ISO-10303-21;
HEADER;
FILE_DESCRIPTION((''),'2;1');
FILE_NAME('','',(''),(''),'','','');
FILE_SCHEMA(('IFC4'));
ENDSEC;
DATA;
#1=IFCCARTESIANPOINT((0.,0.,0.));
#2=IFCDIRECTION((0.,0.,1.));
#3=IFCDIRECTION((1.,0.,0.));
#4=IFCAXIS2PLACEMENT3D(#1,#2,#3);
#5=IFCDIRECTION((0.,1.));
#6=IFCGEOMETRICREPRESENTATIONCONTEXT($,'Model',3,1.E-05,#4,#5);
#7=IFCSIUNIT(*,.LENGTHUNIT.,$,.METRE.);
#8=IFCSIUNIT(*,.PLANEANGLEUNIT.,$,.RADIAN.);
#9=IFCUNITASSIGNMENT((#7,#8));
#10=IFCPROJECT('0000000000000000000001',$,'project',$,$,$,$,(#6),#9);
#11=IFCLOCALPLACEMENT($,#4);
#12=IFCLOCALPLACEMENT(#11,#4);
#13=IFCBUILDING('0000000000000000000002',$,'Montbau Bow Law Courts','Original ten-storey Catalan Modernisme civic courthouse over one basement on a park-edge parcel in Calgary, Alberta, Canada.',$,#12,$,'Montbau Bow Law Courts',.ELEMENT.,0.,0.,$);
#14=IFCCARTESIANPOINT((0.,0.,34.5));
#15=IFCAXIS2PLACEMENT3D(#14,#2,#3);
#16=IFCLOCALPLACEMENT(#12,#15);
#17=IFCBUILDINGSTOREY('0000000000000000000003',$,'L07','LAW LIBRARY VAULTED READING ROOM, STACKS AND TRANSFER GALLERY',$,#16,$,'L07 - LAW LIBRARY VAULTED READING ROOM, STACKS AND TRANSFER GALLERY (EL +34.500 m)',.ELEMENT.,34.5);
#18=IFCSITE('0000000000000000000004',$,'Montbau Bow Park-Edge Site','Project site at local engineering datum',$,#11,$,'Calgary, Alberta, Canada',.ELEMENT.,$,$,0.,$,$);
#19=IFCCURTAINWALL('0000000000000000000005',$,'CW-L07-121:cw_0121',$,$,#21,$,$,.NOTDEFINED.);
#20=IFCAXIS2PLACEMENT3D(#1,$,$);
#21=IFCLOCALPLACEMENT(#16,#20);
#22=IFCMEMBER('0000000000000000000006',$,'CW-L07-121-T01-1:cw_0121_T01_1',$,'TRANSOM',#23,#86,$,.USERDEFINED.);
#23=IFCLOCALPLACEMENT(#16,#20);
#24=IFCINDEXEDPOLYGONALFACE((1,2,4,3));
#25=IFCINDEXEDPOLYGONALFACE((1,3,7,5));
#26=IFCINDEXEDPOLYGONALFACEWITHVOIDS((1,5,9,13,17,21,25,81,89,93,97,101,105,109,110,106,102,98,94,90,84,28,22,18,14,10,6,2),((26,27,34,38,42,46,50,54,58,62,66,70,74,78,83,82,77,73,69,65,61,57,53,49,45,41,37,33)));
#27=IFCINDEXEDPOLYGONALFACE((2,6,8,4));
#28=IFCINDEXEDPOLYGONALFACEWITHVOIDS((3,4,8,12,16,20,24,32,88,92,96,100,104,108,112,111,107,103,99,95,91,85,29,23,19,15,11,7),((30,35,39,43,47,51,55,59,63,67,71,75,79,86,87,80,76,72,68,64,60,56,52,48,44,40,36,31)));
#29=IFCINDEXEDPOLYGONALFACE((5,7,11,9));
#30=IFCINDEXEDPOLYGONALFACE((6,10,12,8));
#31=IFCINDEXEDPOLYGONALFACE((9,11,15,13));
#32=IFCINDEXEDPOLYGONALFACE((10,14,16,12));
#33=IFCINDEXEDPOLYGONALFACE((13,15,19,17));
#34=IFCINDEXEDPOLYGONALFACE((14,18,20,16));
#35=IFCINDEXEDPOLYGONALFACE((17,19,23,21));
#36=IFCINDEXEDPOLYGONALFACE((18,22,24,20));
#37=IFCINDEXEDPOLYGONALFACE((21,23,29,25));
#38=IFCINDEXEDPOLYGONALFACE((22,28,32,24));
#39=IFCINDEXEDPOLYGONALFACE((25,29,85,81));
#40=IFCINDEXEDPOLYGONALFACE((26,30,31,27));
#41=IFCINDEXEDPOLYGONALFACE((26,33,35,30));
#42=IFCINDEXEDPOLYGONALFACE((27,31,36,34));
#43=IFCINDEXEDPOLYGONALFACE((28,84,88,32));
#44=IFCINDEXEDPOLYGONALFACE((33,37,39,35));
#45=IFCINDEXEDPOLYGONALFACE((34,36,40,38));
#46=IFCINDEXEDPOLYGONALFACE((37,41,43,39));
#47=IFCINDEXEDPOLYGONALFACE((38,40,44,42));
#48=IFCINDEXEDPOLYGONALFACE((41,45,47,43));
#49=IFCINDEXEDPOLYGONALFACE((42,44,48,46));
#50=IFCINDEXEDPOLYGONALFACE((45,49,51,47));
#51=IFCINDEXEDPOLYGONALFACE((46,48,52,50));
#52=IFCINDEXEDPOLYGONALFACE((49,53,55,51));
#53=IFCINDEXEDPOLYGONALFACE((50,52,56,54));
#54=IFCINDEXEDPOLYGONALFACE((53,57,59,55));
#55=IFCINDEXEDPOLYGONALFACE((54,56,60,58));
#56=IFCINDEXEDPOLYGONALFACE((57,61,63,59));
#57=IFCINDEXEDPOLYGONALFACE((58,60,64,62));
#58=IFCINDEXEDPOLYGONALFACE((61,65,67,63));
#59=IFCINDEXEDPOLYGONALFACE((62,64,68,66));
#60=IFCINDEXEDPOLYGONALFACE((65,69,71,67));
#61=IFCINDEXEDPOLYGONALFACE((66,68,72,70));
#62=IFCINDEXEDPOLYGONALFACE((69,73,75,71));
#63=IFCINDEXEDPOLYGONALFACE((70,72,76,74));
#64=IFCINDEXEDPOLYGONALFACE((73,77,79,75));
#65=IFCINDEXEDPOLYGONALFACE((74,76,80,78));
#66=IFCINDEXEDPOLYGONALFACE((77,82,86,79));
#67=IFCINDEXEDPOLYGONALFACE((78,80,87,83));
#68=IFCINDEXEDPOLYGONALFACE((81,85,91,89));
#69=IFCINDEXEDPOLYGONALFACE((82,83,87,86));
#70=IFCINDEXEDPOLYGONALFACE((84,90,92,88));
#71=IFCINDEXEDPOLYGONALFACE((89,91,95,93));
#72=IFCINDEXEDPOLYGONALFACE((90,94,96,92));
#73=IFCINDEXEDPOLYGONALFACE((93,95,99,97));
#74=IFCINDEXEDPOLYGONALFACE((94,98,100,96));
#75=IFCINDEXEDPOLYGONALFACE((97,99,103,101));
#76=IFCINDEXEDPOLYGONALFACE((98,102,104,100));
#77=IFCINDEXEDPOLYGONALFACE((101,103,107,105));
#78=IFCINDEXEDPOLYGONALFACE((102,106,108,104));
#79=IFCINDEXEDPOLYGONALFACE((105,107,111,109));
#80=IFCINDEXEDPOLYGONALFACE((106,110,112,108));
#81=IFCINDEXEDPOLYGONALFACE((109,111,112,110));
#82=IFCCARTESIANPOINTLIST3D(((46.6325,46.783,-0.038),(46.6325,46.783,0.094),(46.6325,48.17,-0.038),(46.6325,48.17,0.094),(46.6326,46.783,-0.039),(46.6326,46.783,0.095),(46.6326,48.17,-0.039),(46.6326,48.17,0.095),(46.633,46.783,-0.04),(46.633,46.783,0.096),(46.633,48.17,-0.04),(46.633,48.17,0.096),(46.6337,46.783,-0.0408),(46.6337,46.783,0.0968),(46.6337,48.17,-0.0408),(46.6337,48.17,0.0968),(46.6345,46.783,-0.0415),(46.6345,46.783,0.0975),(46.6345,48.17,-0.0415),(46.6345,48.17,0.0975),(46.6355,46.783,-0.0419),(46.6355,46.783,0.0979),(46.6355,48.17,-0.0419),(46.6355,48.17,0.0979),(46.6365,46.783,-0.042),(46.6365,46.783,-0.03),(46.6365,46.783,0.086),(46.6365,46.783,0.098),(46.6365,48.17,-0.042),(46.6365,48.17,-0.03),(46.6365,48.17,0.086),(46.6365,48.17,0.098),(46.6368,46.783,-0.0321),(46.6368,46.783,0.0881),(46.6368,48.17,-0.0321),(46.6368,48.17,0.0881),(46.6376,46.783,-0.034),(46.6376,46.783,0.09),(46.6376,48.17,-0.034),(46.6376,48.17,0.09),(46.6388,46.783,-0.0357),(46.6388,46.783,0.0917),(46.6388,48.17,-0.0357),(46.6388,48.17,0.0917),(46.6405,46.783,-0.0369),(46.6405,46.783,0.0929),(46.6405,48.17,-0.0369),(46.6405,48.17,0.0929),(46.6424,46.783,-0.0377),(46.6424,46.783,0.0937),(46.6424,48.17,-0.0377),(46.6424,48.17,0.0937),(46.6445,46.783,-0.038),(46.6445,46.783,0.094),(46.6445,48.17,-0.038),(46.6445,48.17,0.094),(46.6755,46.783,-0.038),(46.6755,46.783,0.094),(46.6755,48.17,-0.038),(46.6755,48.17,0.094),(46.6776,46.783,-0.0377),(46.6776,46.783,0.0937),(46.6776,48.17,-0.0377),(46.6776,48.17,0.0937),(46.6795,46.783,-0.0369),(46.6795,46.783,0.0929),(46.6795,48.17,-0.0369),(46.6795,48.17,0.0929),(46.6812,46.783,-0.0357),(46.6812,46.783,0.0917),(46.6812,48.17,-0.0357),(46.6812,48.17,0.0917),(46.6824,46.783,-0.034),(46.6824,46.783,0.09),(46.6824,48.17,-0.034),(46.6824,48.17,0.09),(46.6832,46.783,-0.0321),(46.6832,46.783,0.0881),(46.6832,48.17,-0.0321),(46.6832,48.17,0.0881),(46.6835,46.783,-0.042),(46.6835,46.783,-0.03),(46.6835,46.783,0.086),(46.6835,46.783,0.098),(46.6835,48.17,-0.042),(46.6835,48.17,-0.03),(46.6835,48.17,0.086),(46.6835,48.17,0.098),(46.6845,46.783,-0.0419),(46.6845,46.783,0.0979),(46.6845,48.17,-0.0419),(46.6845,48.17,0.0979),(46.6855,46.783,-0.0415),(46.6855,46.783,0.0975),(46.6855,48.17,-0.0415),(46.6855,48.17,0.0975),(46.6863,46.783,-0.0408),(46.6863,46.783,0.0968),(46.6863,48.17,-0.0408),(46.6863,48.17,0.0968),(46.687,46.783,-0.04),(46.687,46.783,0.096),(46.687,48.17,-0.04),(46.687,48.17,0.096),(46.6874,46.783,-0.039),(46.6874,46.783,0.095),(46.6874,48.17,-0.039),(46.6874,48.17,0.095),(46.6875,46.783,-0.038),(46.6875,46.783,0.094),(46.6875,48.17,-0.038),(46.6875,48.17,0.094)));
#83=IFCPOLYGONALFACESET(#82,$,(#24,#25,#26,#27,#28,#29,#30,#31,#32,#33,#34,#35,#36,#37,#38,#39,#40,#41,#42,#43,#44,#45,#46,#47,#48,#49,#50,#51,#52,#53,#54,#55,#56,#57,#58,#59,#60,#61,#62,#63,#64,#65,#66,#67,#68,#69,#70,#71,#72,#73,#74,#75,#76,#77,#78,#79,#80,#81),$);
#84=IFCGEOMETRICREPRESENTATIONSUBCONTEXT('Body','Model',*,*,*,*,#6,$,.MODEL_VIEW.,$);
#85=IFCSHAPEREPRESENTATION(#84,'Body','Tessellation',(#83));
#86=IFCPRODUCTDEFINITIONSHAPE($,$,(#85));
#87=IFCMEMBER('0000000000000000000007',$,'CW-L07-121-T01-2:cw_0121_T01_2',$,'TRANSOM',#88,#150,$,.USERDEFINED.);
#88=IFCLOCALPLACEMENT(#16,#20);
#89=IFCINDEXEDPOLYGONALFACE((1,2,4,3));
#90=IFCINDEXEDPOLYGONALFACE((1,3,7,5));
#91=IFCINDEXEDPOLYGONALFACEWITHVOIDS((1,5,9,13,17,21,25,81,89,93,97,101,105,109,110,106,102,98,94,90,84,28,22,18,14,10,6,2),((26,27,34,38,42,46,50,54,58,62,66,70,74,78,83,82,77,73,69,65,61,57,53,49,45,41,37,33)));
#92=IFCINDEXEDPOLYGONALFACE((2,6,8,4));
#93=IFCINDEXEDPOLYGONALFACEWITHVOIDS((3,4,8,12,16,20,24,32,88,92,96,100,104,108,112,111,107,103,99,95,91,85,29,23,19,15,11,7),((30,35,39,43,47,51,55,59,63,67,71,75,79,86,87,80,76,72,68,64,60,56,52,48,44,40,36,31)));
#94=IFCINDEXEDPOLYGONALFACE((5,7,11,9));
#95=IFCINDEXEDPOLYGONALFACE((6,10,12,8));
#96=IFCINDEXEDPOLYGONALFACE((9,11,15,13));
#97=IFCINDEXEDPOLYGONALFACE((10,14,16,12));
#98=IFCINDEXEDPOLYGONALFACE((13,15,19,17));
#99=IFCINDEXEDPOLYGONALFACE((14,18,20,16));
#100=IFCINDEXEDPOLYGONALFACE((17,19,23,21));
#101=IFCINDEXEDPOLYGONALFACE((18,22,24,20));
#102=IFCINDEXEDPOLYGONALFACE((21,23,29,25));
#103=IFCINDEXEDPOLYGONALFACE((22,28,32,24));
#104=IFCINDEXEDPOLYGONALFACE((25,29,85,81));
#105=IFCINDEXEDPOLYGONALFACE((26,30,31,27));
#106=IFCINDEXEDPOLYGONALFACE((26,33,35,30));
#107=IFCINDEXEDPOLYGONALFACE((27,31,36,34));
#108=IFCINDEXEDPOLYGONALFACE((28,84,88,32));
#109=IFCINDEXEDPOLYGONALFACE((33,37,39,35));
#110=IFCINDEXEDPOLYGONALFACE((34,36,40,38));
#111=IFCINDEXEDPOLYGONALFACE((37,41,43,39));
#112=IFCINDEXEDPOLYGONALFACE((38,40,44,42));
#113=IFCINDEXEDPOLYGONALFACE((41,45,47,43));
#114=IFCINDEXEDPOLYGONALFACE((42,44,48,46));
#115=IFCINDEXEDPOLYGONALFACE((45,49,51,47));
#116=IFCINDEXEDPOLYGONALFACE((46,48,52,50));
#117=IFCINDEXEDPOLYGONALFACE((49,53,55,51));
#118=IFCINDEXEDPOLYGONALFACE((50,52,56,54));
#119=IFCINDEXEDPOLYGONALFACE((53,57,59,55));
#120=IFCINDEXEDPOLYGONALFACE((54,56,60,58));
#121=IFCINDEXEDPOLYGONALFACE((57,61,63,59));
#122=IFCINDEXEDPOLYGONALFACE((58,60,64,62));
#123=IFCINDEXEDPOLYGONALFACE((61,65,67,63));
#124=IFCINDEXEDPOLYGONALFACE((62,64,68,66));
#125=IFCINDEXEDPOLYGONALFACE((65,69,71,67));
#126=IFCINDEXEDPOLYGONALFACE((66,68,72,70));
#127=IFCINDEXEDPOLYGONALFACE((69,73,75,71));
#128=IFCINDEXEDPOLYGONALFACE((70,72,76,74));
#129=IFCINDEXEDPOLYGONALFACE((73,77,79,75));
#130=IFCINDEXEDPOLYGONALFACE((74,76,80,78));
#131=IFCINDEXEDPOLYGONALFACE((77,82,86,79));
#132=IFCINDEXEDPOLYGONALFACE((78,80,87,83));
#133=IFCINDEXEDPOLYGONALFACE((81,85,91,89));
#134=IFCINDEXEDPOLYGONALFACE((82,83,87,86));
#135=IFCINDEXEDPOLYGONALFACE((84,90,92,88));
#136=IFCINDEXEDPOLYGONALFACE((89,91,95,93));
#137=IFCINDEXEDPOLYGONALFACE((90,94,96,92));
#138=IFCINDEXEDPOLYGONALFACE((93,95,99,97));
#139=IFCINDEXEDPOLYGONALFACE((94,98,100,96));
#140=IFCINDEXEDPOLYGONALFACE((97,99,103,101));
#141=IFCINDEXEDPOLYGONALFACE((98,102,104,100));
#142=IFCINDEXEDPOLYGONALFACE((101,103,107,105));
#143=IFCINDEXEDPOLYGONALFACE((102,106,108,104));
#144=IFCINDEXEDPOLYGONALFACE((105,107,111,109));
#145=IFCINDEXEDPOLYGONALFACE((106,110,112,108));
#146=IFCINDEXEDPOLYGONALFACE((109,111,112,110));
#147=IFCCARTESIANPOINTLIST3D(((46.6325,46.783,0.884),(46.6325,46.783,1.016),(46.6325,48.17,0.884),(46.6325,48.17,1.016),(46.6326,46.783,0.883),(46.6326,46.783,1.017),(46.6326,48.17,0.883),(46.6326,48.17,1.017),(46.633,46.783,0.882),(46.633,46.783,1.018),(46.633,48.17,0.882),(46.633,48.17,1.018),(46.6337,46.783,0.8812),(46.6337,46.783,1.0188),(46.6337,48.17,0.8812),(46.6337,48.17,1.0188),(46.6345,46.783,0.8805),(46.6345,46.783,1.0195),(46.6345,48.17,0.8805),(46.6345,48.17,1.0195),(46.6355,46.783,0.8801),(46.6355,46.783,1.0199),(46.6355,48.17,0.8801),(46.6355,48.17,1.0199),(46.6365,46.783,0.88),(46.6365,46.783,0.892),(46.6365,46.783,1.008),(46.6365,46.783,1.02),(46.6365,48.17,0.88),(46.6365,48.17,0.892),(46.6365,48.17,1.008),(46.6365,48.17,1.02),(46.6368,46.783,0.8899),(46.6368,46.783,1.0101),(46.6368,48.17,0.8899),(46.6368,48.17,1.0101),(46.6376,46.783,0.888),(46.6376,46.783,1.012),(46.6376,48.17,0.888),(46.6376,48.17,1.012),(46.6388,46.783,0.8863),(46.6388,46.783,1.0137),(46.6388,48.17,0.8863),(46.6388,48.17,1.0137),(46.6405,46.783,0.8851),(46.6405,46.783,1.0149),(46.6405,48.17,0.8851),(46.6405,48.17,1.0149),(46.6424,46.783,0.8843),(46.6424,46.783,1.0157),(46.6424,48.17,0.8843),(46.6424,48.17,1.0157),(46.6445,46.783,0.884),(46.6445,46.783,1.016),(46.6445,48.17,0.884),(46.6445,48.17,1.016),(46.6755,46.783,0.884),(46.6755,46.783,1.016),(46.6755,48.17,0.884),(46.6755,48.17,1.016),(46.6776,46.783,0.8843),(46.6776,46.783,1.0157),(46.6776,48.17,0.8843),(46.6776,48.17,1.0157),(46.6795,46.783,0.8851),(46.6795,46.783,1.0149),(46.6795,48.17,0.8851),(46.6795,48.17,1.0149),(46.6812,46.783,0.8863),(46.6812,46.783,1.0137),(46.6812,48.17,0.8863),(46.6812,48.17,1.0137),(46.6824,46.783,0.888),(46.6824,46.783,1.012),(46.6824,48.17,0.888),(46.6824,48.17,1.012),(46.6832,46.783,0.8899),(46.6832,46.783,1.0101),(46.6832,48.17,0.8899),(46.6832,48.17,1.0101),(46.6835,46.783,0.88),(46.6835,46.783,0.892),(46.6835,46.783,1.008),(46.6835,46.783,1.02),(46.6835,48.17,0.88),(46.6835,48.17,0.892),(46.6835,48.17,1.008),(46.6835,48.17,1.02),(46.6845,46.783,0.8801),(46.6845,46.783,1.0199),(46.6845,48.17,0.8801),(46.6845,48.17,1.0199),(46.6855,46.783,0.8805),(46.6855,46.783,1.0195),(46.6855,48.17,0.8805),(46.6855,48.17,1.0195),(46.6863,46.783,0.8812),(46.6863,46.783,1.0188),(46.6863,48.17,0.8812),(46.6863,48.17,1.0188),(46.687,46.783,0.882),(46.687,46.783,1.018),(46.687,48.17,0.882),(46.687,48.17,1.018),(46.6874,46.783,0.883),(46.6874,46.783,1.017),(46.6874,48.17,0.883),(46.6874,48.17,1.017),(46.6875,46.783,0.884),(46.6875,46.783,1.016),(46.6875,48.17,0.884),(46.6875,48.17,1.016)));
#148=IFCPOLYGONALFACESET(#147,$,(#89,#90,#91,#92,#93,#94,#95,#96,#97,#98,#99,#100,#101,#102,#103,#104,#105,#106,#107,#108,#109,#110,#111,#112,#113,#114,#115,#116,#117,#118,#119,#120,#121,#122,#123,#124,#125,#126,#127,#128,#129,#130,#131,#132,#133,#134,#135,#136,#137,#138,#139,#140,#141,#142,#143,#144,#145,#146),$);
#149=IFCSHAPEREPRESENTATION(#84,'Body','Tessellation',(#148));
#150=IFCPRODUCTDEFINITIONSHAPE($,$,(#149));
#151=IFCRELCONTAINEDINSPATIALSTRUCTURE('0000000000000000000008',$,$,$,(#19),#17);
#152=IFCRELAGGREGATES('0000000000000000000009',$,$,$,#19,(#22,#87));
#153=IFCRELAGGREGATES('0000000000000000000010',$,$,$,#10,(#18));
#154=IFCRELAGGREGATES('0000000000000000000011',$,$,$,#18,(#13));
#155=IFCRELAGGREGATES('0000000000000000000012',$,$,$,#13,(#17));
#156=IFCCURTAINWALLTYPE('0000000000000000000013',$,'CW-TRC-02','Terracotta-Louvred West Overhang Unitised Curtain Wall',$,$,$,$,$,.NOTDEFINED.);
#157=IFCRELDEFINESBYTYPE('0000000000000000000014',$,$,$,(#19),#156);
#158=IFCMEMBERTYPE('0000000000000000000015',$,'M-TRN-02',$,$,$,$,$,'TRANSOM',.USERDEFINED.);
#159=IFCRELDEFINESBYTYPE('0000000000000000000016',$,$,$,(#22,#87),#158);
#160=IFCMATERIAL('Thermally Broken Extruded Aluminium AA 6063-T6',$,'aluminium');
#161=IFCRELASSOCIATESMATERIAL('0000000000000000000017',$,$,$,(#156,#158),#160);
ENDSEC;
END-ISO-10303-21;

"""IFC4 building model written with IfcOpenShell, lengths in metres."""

from ifc_helpers import new_model, si_unit, direction, frame, origin_with_axes, origin_2d_with_axis, place, context, subcontext, project, spatial, hollow_rectangle, extrude, material, material_profile, profile_set, type_object, element, aggregate, save


model = new_model("IFC4")

# Units and contexts
model_context = context("Model", 3, precision=1e-05, world=origin_with_axes(), true_north=direction((0.0, 1.0)))
body_context = subcontext(model_context, "Body", "Model", "MODEL_VIEW")
ifc_project = project(units=[si_unit("LENGTHUNIT", "METRE"), si_unit("PLANEANGLEUNIT", "RADIAN")], contexts=[model_context])

# Site, building, storey
site_placement = place(None, origin_with_axes())
site = spatial("IfcSite", under=ifc_project, at=site_placement, Name="Montbau Bow Park-Edge Site", Description="Project site at local engineering datum", LongName="Calgary, Alberta, Canada", CompositionType="ELEMENT", RefElevation=0.0)
building_placement = place(site_placement, origin_with_axes())
building = spatial("IfcBuilding", under=site, at=building_placement, Name="Montbau Bow Law Courts", Description="Original ten-storey Catalan Modernisme civic courthouse over one basement on a park-edge parcel in Calgary, Alberta, Canada.", LongName="Montbau Bow Law Courts", CompositionType="ELEMENT", ElevationOfRefHeight=0.0, ElevationOfTerrain=0.0)
storey_placement = place(building_placement, frame((0.0, 0.0, 34.5), z_axis=(0.0, 0.0, 1.0), x_axis=(1.0, 0.0, 0.0)))
storey = spatial("IfcBuildingStorey", under=building, at=storey_placement, Name="L07", Description="LAW LIBRARY VAULTED READING ROOM, STACKS AND TRANSFER GALLERY", LongName="L07 - LAW LIBRARY VAULTED READING ROOM, STACKS AND TRANSFER GALLERY (EL +34.500 m)", CompositionType="ELEMENT", Elevation=34.5)

# Shared definitions
ifc_material_1 = material(Name="Thermally Broken Extruded Aluminium AA 6063-T6", Category="aluminium")
curtain_wall_type = type_object("IfcCurtainWallType", Name="CW-TRC-02", Description="Terracotta-Louvred West Overhang Unitised Curtain Wall", PredefinedType="NOTDEFINED", material=ifc_material_1)

# Curtain wall
curtain_wall_1_placement = place(None, frame((46.66, 46.715, 34.5), z_axis=(0.0, 0.0, 1.0), x_axis=(1.0, 0.0, 0.0)))
curtain_wall_1 = element("IfcCurtainWall", 1, at=curtain_wall_1_placement, inside=storey, type_object=curtain_wall_type, Name="CW-L07-121:cw_0121", PredefinedType="NOTDEFINED")

# Members
ifc_material_profile_1 = material_profile(ifc_material_1, hollow_rectangle(XDim=0.055, YDim=0.14, WallThickness=0.004, InnerFilletRadius=0.008, OuterFilletRadius=0.004, at=origin_2d_with_axis()), Name="CWT-140X55", Category="Main", Priority=0)
ifc_profile_set_1 = profile_set([ifc_material_profile_1], Name="Thermally Broken Extruded Aluminium AA 6063-T6")
member_type_1 = type_object("IfcMemberType", Name="M-TRN-02", ElementType="TRANSOM", PredefinedType="USERDEFINED", material=ifc_profile_set_1)
member_1_placement = place(None, frame((46.66, 46.783, 34.528), z_axis=(0.0, 1.0, 0.0), x_axis=(-1.0, 0.0, 0.0)))
member_1 = element("IfcMember", 2, at=member_1_placement, type_object=member_type_1, Name="CW-L07-121-T01-1:cw_0121_T01_1", ObjectType="TRANSOM", PredefinedType="USERDEFINED", context=body_context, shape_type="SweptSolid", body=[
    extrude(hollow_rectangle(XDim=0.055, YDim=0.14, WallThickness=0.004, InnerFilletRadius=0.008, OuterFilletRadius=0.004, at=origin_2d_with_axis()), origin_with_axes(), (0.0, 0.0, 1.0), 1.387),
])
member_2_placement = place(None, frame((46.66, 46.783, 35.45), z_axis=(0.0, 1.0, 0.0), x_axis=(-1.0, 0.0, 0.0)))
member_2 = element("IfcMember", 3, at=member_2_placement, type_object=member_type_1, Name="CW-L07-121-T01-2:cw_0121_T01_2", ObjectType="TRANSOM", PredefinedType="USERDEFINED", context=body_context, shape_type="SweptSolid", body=[
    extrude(hollow_rectangle(XDim=0.055, YDim=0.14, WallThickness=0.004, InnerFilletRadius=0.008, OuterFilletRadius=0.004, at=origin_2d_with_axis()), origin_with_axes(), (0.0, 0.0, 1.0), 1.387),
])

aggregate(curtain_wall_1, [member_1, member_2])

save(model, "model.ifc")
